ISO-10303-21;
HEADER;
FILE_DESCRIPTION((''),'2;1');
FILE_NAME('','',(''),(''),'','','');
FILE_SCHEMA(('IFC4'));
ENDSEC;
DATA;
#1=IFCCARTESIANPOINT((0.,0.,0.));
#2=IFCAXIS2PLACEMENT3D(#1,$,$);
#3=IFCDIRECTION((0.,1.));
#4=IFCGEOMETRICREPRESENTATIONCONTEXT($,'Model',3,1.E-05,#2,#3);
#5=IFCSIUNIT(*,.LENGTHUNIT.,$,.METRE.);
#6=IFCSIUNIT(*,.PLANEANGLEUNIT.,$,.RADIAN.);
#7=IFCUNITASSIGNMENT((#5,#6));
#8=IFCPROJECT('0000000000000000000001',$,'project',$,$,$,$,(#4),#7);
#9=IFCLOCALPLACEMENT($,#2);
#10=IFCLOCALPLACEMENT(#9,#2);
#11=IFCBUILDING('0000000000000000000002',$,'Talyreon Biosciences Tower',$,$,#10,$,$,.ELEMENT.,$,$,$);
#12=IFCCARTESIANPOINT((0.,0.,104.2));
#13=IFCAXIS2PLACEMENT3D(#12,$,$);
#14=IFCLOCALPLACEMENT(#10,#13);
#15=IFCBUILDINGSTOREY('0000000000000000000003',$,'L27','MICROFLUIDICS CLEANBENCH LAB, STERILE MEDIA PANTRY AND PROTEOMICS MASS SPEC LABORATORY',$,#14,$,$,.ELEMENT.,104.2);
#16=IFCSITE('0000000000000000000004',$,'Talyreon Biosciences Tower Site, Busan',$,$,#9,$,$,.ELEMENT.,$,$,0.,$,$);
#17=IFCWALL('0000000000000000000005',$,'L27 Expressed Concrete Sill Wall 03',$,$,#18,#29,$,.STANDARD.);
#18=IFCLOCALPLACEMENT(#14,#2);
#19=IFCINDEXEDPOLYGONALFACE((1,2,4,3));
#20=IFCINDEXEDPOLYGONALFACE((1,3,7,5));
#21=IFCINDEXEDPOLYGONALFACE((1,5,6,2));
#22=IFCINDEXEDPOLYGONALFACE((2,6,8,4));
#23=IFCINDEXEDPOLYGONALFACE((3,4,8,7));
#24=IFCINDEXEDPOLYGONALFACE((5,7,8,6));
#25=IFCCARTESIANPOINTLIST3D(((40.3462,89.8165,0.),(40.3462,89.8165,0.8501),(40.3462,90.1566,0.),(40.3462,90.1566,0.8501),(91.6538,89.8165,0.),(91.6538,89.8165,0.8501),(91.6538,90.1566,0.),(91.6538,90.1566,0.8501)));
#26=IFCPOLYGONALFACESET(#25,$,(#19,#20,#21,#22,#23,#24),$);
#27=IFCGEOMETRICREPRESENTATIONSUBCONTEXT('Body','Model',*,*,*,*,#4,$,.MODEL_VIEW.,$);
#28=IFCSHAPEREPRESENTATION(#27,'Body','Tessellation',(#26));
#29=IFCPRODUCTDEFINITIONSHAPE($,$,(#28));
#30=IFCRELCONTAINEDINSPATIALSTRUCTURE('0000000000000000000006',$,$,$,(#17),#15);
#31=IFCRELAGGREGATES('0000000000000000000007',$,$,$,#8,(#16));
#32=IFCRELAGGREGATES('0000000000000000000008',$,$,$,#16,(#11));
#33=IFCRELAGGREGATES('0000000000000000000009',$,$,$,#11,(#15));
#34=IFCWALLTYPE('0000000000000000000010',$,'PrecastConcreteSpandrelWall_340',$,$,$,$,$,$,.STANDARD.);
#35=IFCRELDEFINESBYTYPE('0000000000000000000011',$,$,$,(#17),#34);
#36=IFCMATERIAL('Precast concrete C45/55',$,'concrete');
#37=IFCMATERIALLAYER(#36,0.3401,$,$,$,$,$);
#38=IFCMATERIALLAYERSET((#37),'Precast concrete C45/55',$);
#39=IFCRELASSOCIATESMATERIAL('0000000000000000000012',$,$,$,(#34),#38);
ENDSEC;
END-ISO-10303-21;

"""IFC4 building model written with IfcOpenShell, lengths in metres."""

from ifc_helpers import new_model, si_unit, direction, frame, frame_2d, origin, place, context, subcontext, project, spatial, rectangle, extrude, material, layer, layer_set, type_object, element, save


model = new_model("IFC4")

# Units and contexts
model_context = context("Model", 3, precision=1e-05, world=origin(), true_north=direction((0.0, 1.0)))
body_context = subcontext(model_context, "Body", "Model", "MODEL_VIEW")
ifc_project = project(units=[si_unit("LENGTHUNIT", "METRE"), si_unit("PLANEANGLEUNIT", "RADIAN")], contexts=[model_context])

# Site, building, storey
site_placement = place(None, origin())
site = spatial("IfcSite", under=ifc_project, at=site_placement, Name="Talyreon Biosciences Tower Site, Busan", CompositionType="ELEMENT", RefElevation=0.0)
building_placement = place(site_placement, origin())
building = spatial("IfcBuilding", under=site, at=building_placement, Name="Talyreon Biosciences Tower", CompositionType="ELEMENT")
storey_placement = place(building_placement, frame((0.0, 0.0, 104.2)))
storey = spatial("IfcBuildingStorey", under=building, at=storey_placement, Name="L27", Description="MICROFLUIDICS CLEANBENCH LAB, STERILE MEDIA PANTRY AND PROTEOMICS MASS SPEC LABORATORY", CompositionType="ELEMENT", Elevation=104.2)

# Shared definitions
ifc_material_1 = material(Name="Precast concrete C45/55", Category="concrete")

# Wall
ifc_layer_1 = layer(ifc_material_1, 0.3401)
ifc_layer_set_1 = layer_set([ifc_layer_1], Name="Precast concrete C45/55")
wall_type_1 = type_object("IfcWallType", Name="PrecastConcreteSpandrelWall_340", PredefinedType="STANDARD", material=ifc_layer_set_1)
wall_1_placement = place(storey_placement, frame((40.3462, 89.9866, 0.0), z_axis=(0.0, 0.0, 1.0), x_axis=(1.0, 0.0, 0.0)))
element("IfcWall", 1, at=wall_1_placement, inside=storey, type_object=wall_type_1, Name="L27 Expressed Concrete Sill Wall 03", PredefinedType="STANDARD", context=body_context, shape_type="SweptSolid", body=[
    extrude(rectangle(XDim=51.3076, YDim=0.3401, at=frame_2d((25.6538, 0.0))), origin(), (0.0, 0.0, 1.0), 0.8501),
])

save(model, "model.ifc")
